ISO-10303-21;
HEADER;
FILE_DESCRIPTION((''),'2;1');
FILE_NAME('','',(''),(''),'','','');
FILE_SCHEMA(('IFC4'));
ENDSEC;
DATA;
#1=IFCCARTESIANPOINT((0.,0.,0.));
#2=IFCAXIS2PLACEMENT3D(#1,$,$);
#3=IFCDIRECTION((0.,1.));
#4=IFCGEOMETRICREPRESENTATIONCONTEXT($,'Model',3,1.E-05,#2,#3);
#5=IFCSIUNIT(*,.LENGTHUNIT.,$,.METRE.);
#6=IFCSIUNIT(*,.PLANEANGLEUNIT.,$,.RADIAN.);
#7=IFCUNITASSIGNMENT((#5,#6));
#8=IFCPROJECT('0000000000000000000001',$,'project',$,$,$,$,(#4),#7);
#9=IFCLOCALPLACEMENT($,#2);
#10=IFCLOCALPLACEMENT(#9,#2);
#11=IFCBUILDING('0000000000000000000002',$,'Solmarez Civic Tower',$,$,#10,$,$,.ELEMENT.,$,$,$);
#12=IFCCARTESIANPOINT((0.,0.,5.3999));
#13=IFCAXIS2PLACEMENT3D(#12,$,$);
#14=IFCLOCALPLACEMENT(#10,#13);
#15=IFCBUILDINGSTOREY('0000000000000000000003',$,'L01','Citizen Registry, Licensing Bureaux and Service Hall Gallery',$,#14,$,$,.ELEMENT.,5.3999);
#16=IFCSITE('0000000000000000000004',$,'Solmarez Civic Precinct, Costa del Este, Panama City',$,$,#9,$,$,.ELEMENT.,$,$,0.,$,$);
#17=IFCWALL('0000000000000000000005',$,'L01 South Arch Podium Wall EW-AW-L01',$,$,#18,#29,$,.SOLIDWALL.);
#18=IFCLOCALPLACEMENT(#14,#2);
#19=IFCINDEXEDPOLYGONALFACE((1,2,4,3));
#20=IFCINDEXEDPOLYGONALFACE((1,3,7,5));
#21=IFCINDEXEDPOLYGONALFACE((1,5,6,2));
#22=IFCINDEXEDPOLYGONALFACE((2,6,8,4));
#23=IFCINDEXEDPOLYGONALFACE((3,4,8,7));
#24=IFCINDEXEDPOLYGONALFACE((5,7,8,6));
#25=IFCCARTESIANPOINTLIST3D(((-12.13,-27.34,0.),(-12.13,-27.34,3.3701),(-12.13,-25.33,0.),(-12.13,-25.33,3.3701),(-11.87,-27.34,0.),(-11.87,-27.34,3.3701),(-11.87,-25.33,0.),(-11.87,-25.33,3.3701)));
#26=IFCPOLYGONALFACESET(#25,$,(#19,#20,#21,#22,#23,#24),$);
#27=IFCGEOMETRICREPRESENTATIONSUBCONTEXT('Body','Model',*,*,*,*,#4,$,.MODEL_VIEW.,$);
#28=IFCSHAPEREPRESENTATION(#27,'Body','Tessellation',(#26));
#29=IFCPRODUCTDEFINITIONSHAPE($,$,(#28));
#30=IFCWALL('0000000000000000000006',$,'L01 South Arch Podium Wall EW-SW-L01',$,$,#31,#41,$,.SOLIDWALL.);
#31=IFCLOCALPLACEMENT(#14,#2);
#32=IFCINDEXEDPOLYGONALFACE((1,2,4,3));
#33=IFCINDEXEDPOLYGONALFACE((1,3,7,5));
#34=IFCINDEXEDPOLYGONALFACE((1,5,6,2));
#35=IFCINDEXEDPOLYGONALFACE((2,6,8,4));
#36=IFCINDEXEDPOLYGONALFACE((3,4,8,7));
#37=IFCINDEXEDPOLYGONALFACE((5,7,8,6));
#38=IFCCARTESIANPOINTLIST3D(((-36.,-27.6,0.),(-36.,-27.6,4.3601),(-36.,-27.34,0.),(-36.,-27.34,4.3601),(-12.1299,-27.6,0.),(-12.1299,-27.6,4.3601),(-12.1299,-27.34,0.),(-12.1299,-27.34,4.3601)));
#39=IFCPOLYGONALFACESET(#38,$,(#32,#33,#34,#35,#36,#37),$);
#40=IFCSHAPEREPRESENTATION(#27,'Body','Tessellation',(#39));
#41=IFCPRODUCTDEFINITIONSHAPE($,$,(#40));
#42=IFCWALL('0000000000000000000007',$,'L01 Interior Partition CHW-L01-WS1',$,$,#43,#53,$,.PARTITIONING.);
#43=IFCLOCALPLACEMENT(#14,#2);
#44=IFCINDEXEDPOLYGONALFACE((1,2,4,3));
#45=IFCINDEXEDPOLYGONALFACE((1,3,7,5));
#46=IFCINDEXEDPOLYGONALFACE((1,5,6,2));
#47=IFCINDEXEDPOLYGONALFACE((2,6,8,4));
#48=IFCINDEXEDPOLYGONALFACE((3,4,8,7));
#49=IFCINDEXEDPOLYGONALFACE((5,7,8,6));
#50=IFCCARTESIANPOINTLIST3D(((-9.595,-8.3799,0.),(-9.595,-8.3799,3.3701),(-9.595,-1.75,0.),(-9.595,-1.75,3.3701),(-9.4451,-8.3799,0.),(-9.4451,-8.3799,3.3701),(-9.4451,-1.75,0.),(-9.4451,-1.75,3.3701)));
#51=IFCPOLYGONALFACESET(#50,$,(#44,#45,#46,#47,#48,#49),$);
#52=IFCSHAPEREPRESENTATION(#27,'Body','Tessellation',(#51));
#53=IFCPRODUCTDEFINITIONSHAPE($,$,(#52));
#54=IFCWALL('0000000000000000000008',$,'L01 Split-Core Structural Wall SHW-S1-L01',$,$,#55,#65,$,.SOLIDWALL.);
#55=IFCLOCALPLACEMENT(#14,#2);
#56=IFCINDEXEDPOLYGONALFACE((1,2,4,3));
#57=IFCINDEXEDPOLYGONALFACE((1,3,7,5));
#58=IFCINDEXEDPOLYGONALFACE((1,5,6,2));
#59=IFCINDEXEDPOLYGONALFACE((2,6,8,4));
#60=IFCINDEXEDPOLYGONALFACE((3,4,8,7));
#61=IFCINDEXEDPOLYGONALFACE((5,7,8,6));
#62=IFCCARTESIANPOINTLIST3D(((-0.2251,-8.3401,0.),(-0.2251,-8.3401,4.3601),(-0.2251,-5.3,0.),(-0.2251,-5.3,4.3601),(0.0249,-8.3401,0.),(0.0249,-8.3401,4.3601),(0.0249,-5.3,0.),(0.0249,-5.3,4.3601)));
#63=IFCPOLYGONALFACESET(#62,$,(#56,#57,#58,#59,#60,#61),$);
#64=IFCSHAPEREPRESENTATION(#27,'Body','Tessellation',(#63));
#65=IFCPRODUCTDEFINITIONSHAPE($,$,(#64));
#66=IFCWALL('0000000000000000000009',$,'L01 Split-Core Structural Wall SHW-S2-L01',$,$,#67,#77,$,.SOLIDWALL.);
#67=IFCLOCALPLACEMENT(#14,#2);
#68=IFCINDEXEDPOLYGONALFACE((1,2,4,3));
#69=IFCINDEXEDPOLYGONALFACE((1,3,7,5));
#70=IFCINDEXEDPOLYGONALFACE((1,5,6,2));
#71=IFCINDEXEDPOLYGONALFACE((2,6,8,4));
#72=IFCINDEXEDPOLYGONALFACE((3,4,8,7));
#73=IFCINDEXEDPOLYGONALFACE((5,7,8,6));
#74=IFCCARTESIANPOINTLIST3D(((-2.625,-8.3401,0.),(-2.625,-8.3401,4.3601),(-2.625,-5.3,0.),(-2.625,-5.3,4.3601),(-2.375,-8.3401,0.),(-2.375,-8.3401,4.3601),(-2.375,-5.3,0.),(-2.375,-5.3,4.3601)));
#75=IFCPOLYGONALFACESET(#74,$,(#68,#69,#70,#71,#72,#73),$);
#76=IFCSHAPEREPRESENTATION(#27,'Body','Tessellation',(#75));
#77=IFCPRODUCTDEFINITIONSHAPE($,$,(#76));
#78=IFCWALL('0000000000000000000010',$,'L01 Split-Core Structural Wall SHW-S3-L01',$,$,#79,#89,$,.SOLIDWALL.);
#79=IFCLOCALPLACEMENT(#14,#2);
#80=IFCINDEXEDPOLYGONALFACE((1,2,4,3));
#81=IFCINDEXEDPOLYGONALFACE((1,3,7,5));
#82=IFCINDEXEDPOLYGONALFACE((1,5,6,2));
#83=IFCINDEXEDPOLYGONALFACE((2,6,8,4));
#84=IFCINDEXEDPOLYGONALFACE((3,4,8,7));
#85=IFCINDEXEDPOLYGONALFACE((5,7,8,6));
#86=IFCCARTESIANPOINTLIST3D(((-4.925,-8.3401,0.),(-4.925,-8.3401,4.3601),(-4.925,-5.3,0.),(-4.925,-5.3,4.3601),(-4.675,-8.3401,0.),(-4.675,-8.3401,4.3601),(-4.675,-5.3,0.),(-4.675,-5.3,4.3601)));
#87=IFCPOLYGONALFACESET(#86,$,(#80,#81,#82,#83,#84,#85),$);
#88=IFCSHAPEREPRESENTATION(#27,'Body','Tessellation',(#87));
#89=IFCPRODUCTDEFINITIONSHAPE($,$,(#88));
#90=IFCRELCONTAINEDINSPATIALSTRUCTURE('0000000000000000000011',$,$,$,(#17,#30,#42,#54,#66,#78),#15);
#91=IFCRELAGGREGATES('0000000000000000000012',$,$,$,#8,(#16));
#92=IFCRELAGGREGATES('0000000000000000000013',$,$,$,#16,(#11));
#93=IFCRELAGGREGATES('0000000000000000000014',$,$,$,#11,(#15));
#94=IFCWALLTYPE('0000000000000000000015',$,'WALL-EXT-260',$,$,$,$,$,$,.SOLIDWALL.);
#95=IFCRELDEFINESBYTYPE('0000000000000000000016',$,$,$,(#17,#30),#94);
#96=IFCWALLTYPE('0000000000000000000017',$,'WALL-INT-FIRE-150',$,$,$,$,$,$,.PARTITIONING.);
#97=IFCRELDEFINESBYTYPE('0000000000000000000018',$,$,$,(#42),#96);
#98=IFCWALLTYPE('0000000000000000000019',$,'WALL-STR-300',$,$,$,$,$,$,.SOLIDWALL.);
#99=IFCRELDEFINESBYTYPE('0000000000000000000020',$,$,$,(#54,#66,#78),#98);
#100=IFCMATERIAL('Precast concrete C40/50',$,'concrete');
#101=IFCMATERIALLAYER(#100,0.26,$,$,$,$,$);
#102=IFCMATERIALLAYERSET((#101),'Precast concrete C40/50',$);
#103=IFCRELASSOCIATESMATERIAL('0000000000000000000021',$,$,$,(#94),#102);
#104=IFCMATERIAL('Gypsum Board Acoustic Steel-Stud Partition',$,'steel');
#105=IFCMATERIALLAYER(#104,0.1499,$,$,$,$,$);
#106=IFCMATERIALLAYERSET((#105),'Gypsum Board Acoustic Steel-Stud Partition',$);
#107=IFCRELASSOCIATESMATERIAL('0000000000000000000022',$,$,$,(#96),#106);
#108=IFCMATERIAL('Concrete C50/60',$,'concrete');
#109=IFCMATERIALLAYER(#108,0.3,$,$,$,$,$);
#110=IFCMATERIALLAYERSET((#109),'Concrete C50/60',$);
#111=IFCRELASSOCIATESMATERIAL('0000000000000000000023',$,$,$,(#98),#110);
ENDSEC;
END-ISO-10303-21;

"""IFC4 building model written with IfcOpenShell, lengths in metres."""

from ifc_helpers import new_model, si_unit, direction, frame, frame_2d, origin, place, context, subcontext, project, spatial, rectangle, extrude, material, layer, layer_set, type_object, element, save


model = new_model("IFC4")

# Units and contexts
model_context = context("Model", 3, precision=1e-05, world=origin(), true_north=direction((0.0, 1.0)))
body_context = subcontext(model_context, "Body", "Model", "MODEL_VIEW")
ifc_project = project(units=[si_unit("LENGTHUNIT", "METRE"), si_unit("PLANEANGLEUNIT", "RADIAN")], contexts=[model_context])

# Site, building, storey
site_placement = place(None, origin())
site = spatial("IfcSite", under=ifc_project, at=site_placement, Name="Solmarez Civic Precinct, Costa del Este, Panama City", CompositionType="ELEMENT", RefElevation=0.0)
building_placement = place(site_placement, origin())
building = spatial("IfcBuilding", under=site, at=building_placement, Name="Solmarez Civic Tower", CompositionType="ELEMENT")
storey_placement = place(building_placement, frame((0.0, 0.0, 5.3999)))
storey = spatial("IfcBuildingStorey", under=building, at=storey_placement, Name="L01", Description="Citizen Registry, Licensing Bureaux and Service Hall Gallery", CompositionType="ELEMENT", Elevation=5.3999)

# Walls
ifc_material_1 = material(Name="Precast concrete C40/50", Category="concrete")
ifc_layer_1 = layer(ifc_material_1, 0.26)
ifc_layer_set_1 = layer_set([ifc_layer_1], Name="Precast concrete C40/50")
wall_type_1 = type_object("IfcWallType", Name="WALL-EXT-260", PredefinedType="SOLIDWALL", material=ifc_layer_set_1)
wall_1_placement = place(storey_placement, frame((-12.0, -25.3301, 0.0), z_axis=(0.0, 0.0, 1.0), x_axis=(0.0, -1.0, 0.0)))
element("IfcWall", 1, at=wall_1_placement, inside=storey, type_object=wall_type_1, Name="L01 South Arch Podium Wall EW-AW-L01", PredefinedType="SOLIDWALL", context=body_context, shape_type="SweptSolid", body=[
    extrude(rectangle(XDim=2.01, YDim=0.26, at=frame_2d((1.0049, 0.0))), origin(), (0.0, 0.0, 1.0), 3.3701),
])
wall_2_placement = place(storey_placement, frame((-12.1299, -27.47, 0.0), z_axis=(0.0, 0.0, 1.0), x_axis=(-1.0, 0.0, 0.0)))
element("IfcWall", 2, at=wall_2_placement, inside=storey, type_object=wall_type_1, Name="L01 South Arch Podium Wall EW-SW-L01", PredefinedType="SOLIDWALL", context=body_context, shape_type="SweptSolid", body=[
    extrude(rectangle(XDim=23.8701, YDim=0.26, at=frame_2d((11.9351, 0.0))), origin(), (0.0, 0.0, 1.0), 4.3601),
])
ifc_material_2 = material(Name="Gypsum Board Acoustic Steel-Stud Partition", Category="steel")
ifc_layer_2 = layer(ifc_material_2, 0.1499)
ifc_layer_set_2 = layer_set([ifc_layer_2], Name="Gypsum Board Acoustic Steel-Stud Partition")
wall_type_2 = type_object("IfcWallType", Name="WALL-INT-FIRE-150", PredefinedType="PARTITIONING", material=ifc_layer_set_2)
wall_3_placement = place(storey_placement, frame((-9.52, -8.3799, 0.0), z_axis=(0.0, 0.0, 1.0), x_axis=(0.0, 1.0, 0.0)))
element("IfcWall", 3, at=wall_3_placement, inside=storey, type_object=wall_type_2, Name="L01 Interior Partition CHW-L01-WS1", PredefinedType="PARTITIONING", context=body_context, shape_type="SweptSolid", body=[
    extrude(rectangle(XDim=6.6299, YDim=0.1499, at=frame_2d((3.3149, 0.0))), origin(), (0.0, 0.0, 1.0), 3.3701),
])
ifc_material_3 = material(Name="Concrete C50/60", Category="concrete")
ifc_layer_3 = layer(ifc_material_3, 0.3)
ifc_layer_set_3 = layer_set([ifc_layer_3], Name="Concrete C50/60")
wall_type_3 = type_object("IfcWallType", Name="WALL-STR-300", PredefinedType="SOLIDWALL", material=ifc_layer_set_3)
for number, where, z_axis, x_axis, name in (
    (4, (-0.1001, -8.3401, 0.0), (0.0, 0.0, 1.0), (0.0, 1.0, 0.0), "L01 Split-Core Structural Wall SHW-S1-L01"),
    (5, (-2.5, -8.3401, 0.0), (0.0, 0.0, 1.0), (0.0, 1.0, 0.0), "L01 Split-Core Structural Wall SHW-S2-L01"),
    (6, (-4.8, -8.3401, 0.0), (0.0, 0.0, 1.0), (0.0, 1.0, 0.0), "L01 Split-Core Structural Wall SHW-S3-L01"),
):
    element("IfcWall", number, at=place(storey_placement, frame(where, z_axis=z_axis, x_axis=x_axis)), inside=storey, type_object=wall_type_3, Name=name, PredefinedType="SOLIDWALL", context=body_context, shape_type="SweptSolid", body=[
        extrude(rectangle(XDim=3.04, YDim=0.25, at=frame_2d((1.52, 0.0))), origin(), (0.0, 0.0, 1.0), 4.3601),
    ])

save(model, "model.ifc")
